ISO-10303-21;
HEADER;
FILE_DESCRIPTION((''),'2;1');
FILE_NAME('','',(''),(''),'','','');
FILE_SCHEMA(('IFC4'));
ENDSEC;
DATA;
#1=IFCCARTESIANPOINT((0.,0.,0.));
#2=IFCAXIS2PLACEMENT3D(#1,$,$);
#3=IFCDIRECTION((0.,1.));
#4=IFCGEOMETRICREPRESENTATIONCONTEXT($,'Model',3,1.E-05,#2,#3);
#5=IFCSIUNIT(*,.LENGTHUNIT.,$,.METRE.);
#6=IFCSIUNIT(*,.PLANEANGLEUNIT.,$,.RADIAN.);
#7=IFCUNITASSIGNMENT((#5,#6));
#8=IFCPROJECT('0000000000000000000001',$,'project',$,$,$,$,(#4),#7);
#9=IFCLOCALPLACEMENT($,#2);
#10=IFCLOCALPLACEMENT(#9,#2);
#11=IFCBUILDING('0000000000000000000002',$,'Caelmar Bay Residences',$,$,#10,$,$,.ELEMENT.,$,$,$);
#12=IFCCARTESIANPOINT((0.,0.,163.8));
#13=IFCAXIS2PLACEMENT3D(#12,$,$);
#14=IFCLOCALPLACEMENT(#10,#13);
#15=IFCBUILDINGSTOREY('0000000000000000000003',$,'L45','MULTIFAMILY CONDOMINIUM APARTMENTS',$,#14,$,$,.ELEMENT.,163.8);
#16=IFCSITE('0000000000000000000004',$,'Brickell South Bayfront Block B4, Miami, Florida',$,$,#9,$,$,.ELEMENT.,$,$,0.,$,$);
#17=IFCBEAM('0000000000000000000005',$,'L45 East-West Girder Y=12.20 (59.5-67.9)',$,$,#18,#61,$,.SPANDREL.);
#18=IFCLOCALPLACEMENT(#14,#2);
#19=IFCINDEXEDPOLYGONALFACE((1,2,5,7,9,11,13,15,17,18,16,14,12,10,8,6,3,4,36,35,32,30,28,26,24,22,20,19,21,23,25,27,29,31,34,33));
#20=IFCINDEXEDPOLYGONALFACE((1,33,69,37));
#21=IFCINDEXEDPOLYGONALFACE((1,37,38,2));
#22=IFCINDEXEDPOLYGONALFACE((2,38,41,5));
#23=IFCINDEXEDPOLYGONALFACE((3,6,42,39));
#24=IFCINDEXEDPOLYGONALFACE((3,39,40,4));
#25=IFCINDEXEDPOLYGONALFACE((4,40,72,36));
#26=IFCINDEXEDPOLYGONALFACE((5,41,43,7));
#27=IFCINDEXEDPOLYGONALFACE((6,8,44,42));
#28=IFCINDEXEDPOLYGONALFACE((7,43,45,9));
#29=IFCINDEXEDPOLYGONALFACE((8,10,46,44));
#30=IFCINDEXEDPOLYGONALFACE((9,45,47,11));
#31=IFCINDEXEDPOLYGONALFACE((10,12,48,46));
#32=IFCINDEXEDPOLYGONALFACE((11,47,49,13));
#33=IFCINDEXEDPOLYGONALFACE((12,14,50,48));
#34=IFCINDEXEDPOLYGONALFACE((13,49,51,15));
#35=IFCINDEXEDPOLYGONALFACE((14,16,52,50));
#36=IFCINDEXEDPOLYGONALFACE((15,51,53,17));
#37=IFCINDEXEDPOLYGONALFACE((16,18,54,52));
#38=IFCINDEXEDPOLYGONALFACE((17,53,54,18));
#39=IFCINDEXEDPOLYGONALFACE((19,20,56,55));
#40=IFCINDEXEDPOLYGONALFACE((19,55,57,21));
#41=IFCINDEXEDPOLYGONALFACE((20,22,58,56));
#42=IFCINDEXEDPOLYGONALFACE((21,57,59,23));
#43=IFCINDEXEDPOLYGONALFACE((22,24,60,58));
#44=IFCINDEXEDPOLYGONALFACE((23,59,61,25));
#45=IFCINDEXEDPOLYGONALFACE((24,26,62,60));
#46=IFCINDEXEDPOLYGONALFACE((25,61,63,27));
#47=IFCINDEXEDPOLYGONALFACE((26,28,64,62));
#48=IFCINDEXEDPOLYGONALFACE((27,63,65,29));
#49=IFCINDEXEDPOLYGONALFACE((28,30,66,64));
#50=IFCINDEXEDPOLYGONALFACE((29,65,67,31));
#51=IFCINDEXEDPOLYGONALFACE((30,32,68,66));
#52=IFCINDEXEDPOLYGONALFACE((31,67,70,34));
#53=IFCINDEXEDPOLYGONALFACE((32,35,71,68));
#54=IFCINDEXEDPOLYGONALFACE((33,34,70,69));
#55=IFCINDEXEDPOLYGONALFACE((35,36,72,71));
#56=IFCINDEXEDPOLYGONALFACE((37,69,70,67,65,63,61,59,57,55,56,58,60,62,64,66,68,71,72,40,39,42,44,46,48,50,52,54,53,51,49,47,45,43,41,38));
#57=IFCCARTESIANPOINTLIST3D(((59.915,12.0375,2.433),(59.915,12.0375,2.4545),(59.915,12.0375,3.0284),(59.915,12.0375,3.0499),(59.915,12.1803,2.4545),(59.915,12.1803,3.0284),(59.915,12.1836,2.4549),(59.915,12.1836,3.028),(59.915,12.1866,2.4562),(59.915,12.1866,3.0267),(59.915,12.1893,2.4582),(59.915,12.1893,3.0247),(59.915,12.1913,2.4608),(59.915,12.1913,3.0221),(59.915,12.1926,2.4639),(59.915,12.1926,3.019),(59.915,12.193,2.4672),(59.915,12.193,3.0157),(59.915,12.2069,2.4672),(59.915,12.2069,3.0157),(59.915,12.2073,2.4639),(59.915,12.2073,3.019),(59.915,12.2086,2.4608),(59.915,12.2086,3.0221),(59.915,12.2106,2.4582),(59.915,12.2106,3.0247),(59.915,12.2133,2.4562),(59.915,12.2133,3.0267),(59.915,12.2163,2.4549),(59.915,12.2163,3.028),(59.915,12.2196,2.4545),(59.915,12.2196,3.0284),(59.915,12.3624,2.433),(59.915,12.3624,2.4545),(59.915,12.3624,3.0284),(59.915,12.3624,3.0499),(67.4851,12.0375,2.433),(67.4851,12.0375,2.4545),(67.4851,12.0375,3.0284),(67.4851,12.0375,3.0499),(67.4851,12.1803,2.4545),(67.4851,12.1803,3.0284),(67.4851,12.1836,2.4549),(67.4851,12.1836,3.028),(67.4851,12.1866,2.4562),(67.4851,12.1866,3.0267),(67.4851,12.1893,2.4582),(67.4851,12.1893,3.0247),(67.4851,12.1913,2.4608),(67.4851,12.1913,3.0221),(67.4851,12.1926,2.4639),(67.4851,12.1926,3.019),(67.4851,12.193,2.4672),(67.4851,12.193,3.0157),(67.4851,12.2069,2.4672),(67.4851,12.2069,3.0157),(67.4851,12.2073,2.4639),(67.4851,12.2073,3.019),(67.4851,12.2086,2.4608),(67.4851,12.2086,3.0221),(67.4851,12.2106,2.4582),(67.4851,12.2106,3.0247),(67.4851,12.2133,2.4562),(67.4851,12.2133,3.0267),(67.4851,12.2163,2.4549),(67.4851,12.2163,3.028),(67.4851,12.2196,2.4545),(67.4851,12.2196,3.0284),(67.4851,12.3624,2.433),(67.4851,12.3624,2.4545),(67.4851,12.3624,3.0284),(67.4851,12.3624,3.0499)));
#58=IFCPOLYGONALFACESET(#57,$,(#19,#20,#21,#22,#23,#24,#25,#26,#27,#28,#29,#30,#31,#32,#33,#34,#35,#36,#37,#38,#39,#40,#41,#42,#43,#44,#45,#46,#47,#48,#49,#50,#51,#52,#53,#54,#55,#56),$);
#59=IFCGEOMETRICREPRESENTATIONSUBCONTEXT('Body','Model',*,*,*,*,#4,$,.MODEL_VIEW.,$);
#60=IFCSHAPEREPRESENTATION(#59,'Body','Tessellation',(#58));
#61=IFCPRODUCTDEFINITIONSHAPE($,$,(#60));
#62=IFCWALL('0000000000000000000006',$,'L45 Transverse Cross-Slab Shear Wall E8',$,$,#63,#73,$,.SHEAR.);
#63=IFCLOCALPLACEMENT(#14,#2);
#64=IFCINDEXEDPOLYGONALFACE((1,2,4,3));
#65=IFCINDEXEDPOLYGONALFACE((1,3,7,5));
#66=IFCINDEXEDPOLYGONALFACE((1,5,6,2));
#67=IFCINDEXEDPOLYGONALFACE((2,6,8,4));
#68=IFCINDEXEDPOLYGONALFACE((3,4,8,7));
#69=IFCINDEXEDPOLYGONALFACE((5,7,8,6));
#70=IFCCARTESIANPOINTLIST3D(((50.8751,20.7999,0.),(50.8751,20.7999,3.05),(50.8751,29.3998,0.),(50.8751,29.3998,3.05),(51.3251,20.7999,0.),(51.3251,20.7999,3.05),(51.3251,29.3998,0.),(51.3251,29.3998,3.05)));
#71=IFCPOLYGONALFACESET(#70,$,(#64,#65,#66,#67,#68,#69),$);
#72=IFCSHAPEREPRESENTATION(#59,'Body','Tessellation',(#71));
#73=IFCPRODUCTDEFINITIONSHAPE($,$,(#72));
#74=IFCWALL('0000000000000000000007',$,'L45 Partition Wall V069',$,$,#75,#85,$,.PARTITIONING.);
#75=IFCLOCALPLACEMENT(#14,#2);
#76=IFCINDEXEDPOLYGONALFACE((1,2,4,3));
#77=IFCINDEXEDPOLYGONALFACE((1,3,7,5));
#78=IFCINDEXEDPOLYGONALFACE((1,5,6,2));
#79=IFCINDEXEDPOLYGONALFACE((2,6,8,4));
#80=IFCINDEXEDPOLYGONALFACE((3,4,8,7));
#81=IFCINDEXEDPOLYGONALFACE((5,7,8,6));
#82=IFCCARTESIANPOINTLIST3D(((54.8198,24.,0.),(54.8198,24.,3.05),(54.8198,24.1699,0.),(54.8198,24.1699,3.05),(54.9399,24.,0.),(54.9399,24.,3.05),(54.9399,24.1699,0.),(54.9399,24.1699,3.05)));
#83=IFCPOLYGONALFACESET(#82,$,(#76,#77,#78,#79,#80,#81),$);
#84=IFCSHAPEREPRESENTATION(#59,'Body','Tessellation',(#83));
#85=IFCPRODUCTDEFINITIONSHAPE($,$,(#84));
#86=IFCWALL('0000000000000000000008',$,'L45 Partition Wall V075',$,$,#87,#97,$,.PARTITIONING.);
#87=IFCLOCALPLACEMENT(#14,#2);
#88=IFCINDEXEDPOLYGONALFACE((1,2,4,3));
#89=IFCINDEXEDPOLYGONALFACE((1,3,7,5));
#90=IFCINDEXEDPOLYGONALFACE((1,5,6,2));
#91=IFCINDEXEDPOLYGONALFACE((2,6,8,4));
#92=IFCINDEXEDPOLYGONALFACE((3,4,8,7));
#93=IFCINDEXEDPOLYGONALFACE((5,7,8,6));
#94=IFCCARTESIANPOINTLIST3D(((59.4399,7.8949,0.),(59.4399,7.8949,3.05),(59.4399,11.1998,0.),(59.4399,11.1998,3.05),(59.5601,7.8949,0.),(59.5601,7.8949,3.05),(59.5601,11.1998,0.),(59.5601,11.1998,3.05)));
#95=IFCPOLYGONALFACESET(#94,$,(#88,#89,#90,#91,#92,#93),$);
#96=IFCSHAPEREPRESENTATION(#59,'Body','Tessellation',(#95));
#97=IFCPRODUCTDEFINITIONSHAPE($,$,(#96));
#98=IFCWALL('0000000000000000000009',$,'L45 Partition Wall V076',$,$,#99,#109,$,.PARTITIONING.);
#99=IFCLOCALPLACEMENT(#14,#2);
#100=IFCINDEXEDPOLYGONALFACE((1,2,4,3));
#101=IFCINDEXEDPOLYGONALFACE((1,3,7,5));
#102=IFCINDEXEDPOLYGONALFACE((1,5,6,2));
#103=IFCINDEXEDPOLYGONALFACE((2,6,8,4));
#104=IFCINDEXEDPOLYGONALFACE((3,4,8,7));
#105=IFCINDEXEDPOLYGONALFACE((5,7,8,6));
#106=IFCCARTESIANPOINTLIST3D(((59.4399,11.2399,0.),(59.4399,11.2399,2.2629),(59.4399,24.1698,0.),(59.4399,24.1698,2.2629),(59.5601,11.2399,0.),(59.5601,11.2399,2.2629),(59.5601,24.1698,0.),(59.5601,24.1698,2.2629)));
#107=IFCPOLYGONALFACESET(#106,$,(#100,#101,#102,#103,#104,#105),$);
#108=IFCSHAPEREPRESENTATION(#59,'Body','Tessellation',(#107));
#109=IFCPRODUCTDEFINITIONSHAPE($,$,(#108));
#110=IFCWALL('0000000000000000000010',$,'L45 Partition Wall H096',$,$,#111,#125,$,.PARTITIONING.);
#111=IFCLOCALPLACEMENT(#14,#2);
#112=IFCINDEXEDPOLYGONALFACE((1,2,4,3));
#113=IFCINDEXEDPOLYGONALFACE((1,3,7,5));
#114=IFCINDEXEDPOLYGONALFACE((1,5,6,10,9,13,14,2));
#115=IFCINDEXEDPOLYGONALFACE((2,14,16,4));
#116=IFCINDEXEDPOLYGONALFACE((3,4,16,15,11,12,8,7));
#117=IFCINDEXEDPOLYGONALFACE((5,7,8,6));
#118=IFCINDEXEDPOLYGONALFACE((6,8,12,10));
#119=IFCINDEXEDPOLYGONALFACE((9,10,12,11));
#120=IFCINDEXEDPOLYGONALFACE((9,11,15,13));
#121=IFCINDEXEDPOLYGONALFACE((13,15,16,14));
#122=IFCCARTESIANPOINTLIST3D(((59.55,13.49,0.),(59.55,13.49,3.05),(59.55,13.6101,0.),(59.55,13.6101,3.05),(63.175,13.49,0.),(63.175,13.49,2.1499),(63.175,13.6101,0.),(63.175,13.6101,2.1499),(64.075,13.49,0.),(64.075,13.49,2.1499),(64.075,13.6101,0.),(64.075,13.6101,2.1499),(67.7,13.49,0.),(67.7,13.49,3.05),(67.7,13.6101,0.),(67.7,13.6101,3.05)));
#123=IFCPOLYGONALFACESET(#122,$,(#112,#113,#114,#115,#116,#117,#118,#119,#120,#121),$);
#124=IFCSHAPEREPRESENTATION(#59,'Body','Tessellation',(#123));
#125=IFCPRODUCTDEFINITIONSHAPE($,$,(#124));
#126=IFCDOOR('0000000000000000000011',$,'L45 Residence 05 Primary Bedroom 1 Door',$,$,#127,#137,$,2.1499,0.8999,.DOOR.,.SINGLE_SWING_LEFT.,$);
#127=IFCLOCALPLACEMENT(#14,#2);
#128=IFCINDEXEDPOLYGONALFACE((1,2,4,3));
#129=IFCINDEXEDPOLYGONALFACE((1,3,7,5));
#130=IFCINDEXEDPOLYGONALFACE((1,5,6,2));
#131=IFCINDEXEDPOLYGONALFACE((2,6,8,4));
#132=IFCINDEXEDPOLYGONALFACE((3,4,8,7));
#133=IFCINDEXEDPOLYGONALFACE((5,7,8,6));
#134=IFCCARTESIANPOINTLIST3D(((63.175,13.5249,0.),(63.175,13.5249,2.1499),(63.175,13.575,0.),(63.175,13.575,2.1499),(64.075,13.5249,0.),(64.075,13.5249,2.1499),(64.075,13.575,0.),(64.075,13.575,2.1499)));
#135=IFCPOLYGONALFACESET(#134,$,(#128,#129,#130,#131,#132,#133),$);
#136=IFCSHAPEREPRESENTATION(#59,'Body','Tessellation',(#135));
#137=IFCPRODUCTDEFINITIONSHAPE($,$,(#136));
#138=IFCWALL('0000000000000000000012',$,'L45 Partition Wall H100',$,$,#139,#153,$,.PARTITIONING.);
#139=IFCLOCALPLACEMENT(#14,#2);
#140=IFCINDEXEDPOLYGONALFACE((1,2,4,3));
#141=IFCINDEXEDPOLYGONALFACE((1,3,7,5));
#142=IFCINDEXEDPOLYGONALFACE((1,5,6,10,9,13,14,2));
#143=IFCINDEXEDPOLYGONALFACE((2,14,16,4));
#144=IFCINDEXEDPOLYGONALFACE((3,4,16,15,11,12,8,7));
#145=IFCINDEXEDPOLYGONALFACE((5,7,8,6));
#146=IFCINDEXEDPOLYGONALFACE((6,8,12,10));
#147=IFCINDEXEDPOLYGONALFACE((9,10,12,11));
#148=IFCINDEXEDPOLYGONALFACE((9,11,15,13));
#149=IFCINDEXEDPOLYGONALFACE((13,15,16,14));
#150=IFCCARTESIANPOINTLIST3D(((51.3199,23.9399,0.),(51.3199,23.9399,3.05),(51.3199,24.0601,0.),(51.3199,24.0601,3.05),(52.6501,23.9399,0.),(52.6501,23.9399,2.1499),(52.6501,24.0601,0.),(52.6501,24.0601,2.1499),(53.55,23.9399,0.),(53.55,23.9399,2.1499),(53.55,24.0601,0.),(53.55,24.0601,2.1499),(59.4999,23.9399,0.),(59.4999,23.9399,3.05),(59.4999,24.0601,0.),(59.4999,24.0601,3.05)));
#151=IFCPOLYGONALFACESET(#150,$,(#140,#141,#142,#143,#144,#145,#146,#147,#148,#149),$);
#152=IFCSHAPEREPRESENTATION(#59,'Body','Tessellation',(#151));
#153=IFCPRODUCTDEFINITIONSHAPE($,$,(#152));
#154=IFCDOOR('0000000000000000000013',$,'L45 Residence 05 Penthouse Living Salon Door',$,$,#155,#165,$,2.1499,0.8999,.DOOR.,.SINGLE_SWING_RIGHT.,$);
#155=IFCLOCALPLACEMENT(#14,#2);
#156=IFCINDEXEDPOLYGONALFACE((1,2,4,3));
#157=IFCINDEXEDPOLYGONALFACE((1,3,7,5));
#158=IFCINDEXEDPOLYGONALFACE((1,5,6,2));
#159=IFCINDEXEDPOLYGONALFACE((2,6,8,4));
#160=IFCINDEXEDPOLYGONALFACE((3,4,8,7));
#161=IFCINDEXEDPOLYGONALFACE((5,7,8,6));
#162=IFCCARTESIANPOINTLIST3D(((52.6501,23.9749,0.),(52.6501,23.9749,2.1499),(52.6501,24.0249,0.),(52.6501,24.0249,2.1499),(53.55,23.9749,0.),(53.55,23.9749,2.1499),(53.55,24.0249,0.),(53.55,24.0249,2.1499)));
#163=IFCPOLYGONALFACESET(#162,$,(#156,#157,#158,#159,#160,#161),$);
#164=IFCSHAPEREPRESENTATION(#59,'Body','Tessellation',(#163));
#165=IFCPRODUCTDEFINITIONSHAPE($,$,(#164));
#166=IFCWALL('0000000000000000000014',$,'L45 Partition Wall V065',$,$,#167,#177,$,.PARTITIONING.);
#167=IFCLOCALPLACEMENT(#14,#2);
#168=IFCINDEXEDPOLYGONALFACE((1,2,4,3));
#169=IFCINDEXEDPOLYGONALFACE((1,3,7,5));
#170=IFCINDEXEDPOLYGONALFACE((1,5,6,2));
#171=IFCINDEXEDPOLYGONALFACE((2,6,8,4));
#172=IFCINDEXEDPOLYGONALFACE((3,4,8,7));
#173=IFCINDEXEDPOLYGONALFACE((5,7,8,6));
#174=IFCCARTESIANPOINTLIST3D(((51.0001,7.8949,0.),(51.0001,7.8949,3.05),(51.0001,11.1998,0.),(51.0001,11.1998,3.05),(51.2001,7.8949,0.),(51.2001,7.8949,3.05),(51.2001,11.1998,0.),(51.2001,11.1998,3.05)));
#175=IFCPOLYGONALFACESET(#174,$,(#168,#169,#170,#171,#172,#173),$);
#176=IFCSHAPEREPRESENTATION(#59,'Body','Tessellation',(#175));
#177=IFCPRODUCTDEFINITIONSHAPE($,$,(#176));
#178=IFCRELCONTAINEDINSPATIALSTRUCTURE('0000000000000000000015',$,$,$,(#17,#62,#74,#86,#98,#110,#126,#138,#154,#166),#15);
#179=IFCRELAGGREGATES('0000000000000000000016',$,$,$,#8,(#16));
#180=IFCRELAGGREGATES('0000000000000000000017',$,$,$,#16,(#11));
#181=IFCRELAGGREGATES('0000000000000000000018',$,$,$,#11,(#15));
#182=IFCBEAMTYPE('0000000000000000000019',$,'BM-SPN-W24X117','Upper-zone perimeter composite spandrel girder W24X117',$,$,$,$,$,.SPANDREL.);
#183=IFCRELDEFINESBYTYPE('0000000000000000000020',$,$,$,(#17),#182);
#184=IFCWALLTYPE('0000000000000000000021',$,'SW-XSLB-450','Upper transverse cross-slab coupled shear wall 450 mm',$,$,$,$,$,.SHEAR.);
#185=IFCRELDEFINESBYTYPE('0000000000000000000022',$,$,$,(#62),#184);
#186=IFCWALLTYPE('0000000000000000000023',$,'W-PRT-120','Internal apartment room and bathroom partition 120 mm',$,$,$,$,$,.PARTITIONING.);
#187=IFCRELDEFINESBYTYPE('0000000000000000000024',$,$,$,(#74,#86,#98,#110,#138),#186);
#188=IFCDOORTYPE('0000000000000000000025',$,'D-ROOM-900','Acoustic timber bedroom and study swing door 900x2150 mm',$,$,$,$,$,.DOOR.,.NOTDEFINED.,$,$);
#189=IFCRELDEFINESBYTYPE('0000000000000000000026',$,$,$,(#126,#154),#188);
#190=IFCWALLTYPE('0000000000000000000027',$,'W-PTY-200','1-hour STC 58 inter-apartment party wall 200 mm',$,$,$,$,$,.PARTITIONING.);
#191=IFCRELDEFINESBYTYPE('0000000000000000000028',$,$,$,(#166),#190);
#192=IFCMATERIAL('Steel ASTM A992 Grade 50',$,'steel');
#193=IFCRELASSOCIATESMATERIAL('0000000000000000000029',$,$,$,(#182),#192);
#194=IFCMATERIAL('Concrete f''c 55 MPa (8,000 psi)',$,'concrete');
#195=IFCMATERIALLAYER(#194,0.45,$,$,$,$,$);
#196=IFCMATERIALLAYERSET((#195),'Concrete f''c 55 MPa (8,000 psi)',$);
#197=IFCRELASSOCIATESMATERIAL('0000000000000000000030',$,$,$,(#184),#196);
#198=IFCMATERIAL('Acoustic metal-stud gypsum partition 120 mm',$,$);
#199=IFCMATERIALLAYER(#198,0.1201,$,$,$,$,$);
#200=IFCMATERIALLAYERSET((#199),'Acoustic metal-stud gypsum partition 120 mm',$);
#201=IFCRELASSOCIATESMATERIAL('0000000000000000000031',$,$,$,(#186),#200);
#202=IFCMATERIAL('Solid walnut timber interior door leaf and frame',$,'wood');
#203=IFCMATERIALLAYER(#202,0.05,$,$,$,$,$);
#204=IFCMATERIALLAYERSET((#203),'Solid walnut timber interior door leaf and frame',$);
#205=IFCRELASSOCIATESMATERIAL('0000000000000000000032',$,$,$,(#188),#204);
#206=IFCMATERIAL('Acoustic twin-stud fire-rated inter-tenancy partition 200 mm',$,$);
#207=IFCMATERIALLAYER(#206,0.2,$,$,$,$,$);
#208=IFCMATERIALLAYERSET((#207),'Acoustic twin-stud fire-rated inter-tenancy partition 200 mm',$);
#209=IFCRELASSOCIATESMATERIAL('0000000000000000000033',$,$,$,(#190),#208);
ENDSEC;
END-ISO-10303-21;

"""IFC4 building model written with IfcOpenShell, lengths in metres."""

from ifc_helpers import new_model, si_unit, direction, frame, frame_2d, origin, origin_2d, place, context, subcontext, project, spatial, rectangle, i_section, extrude, material, layer, layer_set, material_profile, profile_set, type_object, element, fill, save


model = new_model("IFC4")

# Units and contexts
model_context = context("Model", 3, precision=1e-05, world=origin(), true_north=direction((0.0, 1.0)))
body_context = subcontext(model_context, "Body", "Model", "MODEL_VIEW")
ifc_project = project(units=[si_unit("LENGTHUNIT", "METRE"), si_unit("PLANEANGLEUNIT", "RADIAN")], contexts=[model_context])

# Site, building, storey
site_placement = place(None, origin())
site = spatial("IfcSite", under=ifc_project, at=site_placement, Name="Brickell South Bayfront Block B4, Miami, Florida", CompositionType="ELEMENT", RefElevation=0.0)
building_placement = place(site_placement, origin())
building = spatial("IfcBuilding", under=site, at=building_placement, Name="Caelmar Bay Residences", CompositionType="ELEMENT")
storey_placement = place(building_placement, frame((0.0, 0.0, 163.8)))
storey = spatial("IfcBuildingStorey", under=building, at=storey_placement, Name="L45", Description="MULTIFAMILY CONDOMINIUM APARTMENTS", CompositionType="ELEMENT", Elevation=163.8)

# Shared definitions
ifc_material_1 = material(Name="Concrete f'c 55 MPa (8,000 psi)", Category="concrete")

# Beam
ifc_material_2 = material(Name="Steel ASTM A992 Grade 50", Category="steel")
ifc_material_profile_1 = material_profile(ifc_material_2, i_section(OverallWidth=0.325, OverallDepth=0.6169, WebThickness=0.0139, FlangeThickness=0.0215, FilletRadius=0.0127, at=origin_2d()), Name="W24X117")
ifc_profile_set_1 = profile_set([ifc_material_profile_1], Name="Steel ASTM A992 Grade 50")
beam_type_1 = type_object("IfcBeamType", Name="BM-SPN-W24X117", Description="Upper-zone perimeter composite spandrel girder W24X117", PredefinedType="SPANDREL", material=ifc_profile_set_1)
for number, where, z_axis, x_axis, name in (
    (1, (59.915, 12.2, 2.7415), (1.0, 0.0, 0.0), (0.0, 1.0, 0.0), "L45 East-West Girder Y=12.20 (59.5-67.9)"),
):
    element("IfcBeam", number, at=place(storey_placement, frame(where, z_axis=z_axis, x_axis=x_axis)), inside=storey, type_object=beam_type_1, Name=name, PredefinedType="SPANDREL", context=body_context, shape_type="SweptSolid", body=[
        extrude(i_section(OverallWidth=0.325, OverallDepth=0.6169, WebThickness=0.0139, FlangeThickness=0.0215, FilletRadius=0.0127, at=origin_2d()), origin(), (0.0, 0.0, 1.0), 7.5701),
    ])

# Walls
ifc_layer_1 = layer(ifc_material_1, 0.45)
ifc_layer_set_1 = layer_set([ifc_layer_1], Name="Concrete f'c 55 MPa (8,000 psi)")
wall_type_1 = type_object("IfcWallType", Name="SW-XSLB-450", Description="Upper transverse cross-slab coupled shear wall 450 mm", PredefinedType="SHEAR", material=ifc_layer_set_1)
wall_1_placement = place(storey_placement, frame((51.1001, 20.8, 0.0), z_axis=(0.0, 0.0, 1.0), x_axis=(0.0, 1.0, 0.0)))
element("IfcWall", 2, at=wall_1_placement, inside=storey, type_object=wall_type_1, Name="L45 Transverse Cross-Slab Shear Wall E8", PredefinedType="SHEAR", context=body_context, shape_type="SweptSolid", body=[
    extrude(rectangle(XDim=8.5999, YDim=0.45, at=frame_2d((4.2998, 0.0))), origin(), (0.0, 0.0, 1.0), 3.05),
])
ifc_material_3 = material(Name="Acoustic metal-stud gypsum partition 120 mm")
ifc_layer_2 = layer(ifc_material_3, 0.1201)
ifc_layer_set_2 = layer_set([ifc_layer_2], Name="Acoustic metal-stud gypsum partition 120 mm")
wall_type_2 = type_object("IfcWallType", Name="W-PRT-120", Description="Internal apartment room and bathroom partition 120 mm", PredefinedType="PARTITIONING", material=ifc_layer_set_2)
wall_2_placement = place(storey_placement, frame((54.8799, 24.0, 0.0), z_axis=(0.0, 0.0, 1.0), x_axis=(0.0, 1.0, 0.0)))
element("IfcWall", 3, at=wall_2_placement, inside=storey, type_object=wall_type_2, Name="L45 Partition Wall V069", PredefinedType="PARTITIONING", context=body_context, shape_type="SweptSolid", body=[
    extrude(rectangle(XDim=0.1699, YDim=0.1201, at=frame_2d((0.085, 0.0))), origin(), (0.0, 0.0, 1.0), 3.05),
])
wall_3_placement = place(storey_placement, frame((59.5, 7.895, 0.0), z_axis=(0.0, 0.0, 1.0), x_axis=(0.0, 1.0, 0.0)))
element("IfcWall", 4, at=wall_3_placement, inside=storey, type_object=wall_type_2, Name="L45 Partition Wall V075", PredefinedType="PARTITIONING", context=body_context, shape_type="SweptSolid", body=[
    extrude(rectangle(XDim=3.3049, YDim=0.1201, at=frame_2d((1.6523, 0.0))), origin(), (0.0, 0.0, 1.0), 3.05),
])
wall_4_placement = place(storey_placement, frame((59.5, 11.24, 0.0), z_axis=(0.0, 0.0, 1.0), x_axis=(0.0, 1.0, 0.0)))
element("IfcWall", 5, at=wall_4_placement, inside=storey, type_object=wall_type_2, Name="L45 Partition Wall V076", PredefinedType="PARTITIONING", context=body_context, shape_type="SweptSolid", body=[
    extrude(rectangle(XDim=12.9299, YDim=0.1201, at=frame_2d((6.4648, 0.0))), origin(), (0.0, 0.0, 1.0), 2.2629),
])

# Walls, openings, doors
wall_5_placement = place(storey_placement, frame((59.55, 13.55, 0.0), z_axis=(0.0, 0.0, 1.0), x_axis=(1.0, 0.0, 0.0)))
wall_5 = element("IfcWall", 6, at=wall_5_placement, inside=storey, type_object=wall_type_2, Name="L45 Partition Wall H096", PredefinedType="PARTITIONING", context=body_context, shape_type="SweptSolid", body=[
    extrude(rectangle(XDim=8.1499, YDim=0.1201, at=frame_2d((4.075, 0.0))), origin(), (0.0, 0.0, 1.0), 3.05),
])
opening_1_placement = place(wall_5_placement, frame((3.625, 0.0, 0.0)))
opening_1 = element("IfcOpeningElement", 7, at=opening_1_placement, cuts=wall_5, PredefinedType="OPENING", context=body_context, shape_type="SweptSolid", body=[
    extrude(rectangle(XDim=0.8999, YDim=2.1499, at=frame_2d((0.45, 1.075))), frame((0.0, 0.0701, 0.0), z_axis=(0.0, -1.0, 0.0), x_axis=(1.0, 0.0, 0.0)), (0.0, 0.0, 1.0), 0.1401),
])
ifc_material_4 = material(Name="Solid walnut timber interior door leaf and frame", Category="wood")
ifc_layer_3 = layer(ifc_material_4, 0.05)
ifc_layer_set_3 = layer_set([ifc_layer_3], Name="Solid walnut timber interior door leaf and frame")
door_type = type_object("IfcDoorType", Name="D-ROOM-900", Description="Acoustic timber bedroom and study swing door 900x2150 mm", OperationType="NOTDEFINED", PredefinedType="DOOR", material=ifc_layer_set_3)
door_1_placement = place(opening_1_placement, origin())
door_1 = element("IfcDoor", 8, at=door_1_placement, inside=storey, type_object=door_type, Name="L45 Residence 05 Primary Bedroom 1 Door", OperationType="SINGLE_SWING_LEFT", OverallHeight=2.1499, OverallWidth=0.8999, PredefinedType="DOOR", context=body_context, shape_type="SweptSolid", body=[
    extrude(rectangle(XDim=0.8999, YDim=2.1499, at=frame_2d((0.45, 1.075))), frame((0.0, 0.0249, 0.0), z_axis=(0.0, -1.0, 0.0), x_axis=(1.0, 0.0, 0.0)), (0.0, 0.0, 1.0), 0.05),
])
fill(opening_1, door_1)
wall_6_placement = place(storey_placement, frame((51.3201, 24.0, 0.0), z_axis=(0.0, 0.0, 1.0), x_axis=(1.0, 0.0, 0.0)))
wall_6 = element("IfcWall", 9, at=wall_6_placement, inside=storey, type_object=wall_type_2, Name="L45 Partition Wall H100", PredefinedType="PARTITIONING", context=body_context, shape_type="SweptSolid", body=[
    extrude(rectangle(XDim=8.1799, YDim=0.1201, at=frame_2d((4.0898, 0.0))), origin(), (0.0, 0.0, 1.0), 3.05),
])
opening_2_placement = place(wall_6_placement, frame((1.3301, 0.0, 0.0)))
opening_2 = element("IfcOpeningElement", 10, at=opening_2_placement, cuts=wall_6, PredefinedType="OPENING", context=body_context, shape_type="SweptSolid", body=[
    extrude(rectangle(XDim=0.8999, YDim=2.1499, at=frame_2d((0.45, 1.075))), frame((0.0, 0.0701, 0.0), z_axis=(0.0, -1.0, 0.0), x_axis=(1.0, 0.0, 0.0)), (0.0, 0.0, 1.0), 0.1401),
])
door_2_placement = place(opening_2_placement, origin())
door_2 = element("IfcDoor", 11, at=door_2_placement, inside=storey, type_object=door_type, Name="L45 Residence 05 Penthouse Living Salon Door", OperationType="SINGLE_SWING_RIGHT", OverallHeight=2.1499, OverallWidth=0.8999, PredefinedType="DOOR", context=body_context, shape_type="SweptSolid", body=[
    extrude(rectangle(XDim=0.8999, YDim=2.1499, at=frame_2d((0.45, 1.075))), frame((0.0, 0.0249, 0.0), z_axis=(0.0, -1.0, 0.0), x_axis=(1.0, 0.0, 0.0)), (0.0, 0.0, 1.0), 0.05),
])
fill(opening_2, door_2)

# Wall
ifc_material_5 = material(Name="Acoustic twin-stud fire-rated inter-tenancy partition 200 mm")
ifc_layer_4 = layer(ifc_material_5, 0.2)
ifc_layer_set_4 = layer_set([ifc_layer_4], Name="Acoustic twin-stud fire-rated inter-tenancy partition 200 mm")
wall_type_3 = type_object("IfcWallType", Name="W-PTY-200", Description="1-hour STC 58 inter-apartment party wall 200 mm", PredefinedType="PARTITIONING", material=ifc_layer_set_4)
wall_7_placement = place(storey_placement, frame((51.1001, 7.895, 0.0), z_axis=(0.0, 0.0, 1.0), x_axis=(0.0, 1.0, 0.0)))
element("IfcWall", 12, at=wall_7_placement, inside=storey, type_object=wall_type_3, Name="L45 Partition Wall V065", PredefinedType="PARTITIONING", context=body_context, shape_type="SweptSolid", body=[
    extrude(rectangle(XDim=3.3049, YDim=0.2, at=frame_2d((1.6523, 0.0))), origin(), (0.0, 0.0, 1.0), 3.05),
])

save(model, "model.ifc")
